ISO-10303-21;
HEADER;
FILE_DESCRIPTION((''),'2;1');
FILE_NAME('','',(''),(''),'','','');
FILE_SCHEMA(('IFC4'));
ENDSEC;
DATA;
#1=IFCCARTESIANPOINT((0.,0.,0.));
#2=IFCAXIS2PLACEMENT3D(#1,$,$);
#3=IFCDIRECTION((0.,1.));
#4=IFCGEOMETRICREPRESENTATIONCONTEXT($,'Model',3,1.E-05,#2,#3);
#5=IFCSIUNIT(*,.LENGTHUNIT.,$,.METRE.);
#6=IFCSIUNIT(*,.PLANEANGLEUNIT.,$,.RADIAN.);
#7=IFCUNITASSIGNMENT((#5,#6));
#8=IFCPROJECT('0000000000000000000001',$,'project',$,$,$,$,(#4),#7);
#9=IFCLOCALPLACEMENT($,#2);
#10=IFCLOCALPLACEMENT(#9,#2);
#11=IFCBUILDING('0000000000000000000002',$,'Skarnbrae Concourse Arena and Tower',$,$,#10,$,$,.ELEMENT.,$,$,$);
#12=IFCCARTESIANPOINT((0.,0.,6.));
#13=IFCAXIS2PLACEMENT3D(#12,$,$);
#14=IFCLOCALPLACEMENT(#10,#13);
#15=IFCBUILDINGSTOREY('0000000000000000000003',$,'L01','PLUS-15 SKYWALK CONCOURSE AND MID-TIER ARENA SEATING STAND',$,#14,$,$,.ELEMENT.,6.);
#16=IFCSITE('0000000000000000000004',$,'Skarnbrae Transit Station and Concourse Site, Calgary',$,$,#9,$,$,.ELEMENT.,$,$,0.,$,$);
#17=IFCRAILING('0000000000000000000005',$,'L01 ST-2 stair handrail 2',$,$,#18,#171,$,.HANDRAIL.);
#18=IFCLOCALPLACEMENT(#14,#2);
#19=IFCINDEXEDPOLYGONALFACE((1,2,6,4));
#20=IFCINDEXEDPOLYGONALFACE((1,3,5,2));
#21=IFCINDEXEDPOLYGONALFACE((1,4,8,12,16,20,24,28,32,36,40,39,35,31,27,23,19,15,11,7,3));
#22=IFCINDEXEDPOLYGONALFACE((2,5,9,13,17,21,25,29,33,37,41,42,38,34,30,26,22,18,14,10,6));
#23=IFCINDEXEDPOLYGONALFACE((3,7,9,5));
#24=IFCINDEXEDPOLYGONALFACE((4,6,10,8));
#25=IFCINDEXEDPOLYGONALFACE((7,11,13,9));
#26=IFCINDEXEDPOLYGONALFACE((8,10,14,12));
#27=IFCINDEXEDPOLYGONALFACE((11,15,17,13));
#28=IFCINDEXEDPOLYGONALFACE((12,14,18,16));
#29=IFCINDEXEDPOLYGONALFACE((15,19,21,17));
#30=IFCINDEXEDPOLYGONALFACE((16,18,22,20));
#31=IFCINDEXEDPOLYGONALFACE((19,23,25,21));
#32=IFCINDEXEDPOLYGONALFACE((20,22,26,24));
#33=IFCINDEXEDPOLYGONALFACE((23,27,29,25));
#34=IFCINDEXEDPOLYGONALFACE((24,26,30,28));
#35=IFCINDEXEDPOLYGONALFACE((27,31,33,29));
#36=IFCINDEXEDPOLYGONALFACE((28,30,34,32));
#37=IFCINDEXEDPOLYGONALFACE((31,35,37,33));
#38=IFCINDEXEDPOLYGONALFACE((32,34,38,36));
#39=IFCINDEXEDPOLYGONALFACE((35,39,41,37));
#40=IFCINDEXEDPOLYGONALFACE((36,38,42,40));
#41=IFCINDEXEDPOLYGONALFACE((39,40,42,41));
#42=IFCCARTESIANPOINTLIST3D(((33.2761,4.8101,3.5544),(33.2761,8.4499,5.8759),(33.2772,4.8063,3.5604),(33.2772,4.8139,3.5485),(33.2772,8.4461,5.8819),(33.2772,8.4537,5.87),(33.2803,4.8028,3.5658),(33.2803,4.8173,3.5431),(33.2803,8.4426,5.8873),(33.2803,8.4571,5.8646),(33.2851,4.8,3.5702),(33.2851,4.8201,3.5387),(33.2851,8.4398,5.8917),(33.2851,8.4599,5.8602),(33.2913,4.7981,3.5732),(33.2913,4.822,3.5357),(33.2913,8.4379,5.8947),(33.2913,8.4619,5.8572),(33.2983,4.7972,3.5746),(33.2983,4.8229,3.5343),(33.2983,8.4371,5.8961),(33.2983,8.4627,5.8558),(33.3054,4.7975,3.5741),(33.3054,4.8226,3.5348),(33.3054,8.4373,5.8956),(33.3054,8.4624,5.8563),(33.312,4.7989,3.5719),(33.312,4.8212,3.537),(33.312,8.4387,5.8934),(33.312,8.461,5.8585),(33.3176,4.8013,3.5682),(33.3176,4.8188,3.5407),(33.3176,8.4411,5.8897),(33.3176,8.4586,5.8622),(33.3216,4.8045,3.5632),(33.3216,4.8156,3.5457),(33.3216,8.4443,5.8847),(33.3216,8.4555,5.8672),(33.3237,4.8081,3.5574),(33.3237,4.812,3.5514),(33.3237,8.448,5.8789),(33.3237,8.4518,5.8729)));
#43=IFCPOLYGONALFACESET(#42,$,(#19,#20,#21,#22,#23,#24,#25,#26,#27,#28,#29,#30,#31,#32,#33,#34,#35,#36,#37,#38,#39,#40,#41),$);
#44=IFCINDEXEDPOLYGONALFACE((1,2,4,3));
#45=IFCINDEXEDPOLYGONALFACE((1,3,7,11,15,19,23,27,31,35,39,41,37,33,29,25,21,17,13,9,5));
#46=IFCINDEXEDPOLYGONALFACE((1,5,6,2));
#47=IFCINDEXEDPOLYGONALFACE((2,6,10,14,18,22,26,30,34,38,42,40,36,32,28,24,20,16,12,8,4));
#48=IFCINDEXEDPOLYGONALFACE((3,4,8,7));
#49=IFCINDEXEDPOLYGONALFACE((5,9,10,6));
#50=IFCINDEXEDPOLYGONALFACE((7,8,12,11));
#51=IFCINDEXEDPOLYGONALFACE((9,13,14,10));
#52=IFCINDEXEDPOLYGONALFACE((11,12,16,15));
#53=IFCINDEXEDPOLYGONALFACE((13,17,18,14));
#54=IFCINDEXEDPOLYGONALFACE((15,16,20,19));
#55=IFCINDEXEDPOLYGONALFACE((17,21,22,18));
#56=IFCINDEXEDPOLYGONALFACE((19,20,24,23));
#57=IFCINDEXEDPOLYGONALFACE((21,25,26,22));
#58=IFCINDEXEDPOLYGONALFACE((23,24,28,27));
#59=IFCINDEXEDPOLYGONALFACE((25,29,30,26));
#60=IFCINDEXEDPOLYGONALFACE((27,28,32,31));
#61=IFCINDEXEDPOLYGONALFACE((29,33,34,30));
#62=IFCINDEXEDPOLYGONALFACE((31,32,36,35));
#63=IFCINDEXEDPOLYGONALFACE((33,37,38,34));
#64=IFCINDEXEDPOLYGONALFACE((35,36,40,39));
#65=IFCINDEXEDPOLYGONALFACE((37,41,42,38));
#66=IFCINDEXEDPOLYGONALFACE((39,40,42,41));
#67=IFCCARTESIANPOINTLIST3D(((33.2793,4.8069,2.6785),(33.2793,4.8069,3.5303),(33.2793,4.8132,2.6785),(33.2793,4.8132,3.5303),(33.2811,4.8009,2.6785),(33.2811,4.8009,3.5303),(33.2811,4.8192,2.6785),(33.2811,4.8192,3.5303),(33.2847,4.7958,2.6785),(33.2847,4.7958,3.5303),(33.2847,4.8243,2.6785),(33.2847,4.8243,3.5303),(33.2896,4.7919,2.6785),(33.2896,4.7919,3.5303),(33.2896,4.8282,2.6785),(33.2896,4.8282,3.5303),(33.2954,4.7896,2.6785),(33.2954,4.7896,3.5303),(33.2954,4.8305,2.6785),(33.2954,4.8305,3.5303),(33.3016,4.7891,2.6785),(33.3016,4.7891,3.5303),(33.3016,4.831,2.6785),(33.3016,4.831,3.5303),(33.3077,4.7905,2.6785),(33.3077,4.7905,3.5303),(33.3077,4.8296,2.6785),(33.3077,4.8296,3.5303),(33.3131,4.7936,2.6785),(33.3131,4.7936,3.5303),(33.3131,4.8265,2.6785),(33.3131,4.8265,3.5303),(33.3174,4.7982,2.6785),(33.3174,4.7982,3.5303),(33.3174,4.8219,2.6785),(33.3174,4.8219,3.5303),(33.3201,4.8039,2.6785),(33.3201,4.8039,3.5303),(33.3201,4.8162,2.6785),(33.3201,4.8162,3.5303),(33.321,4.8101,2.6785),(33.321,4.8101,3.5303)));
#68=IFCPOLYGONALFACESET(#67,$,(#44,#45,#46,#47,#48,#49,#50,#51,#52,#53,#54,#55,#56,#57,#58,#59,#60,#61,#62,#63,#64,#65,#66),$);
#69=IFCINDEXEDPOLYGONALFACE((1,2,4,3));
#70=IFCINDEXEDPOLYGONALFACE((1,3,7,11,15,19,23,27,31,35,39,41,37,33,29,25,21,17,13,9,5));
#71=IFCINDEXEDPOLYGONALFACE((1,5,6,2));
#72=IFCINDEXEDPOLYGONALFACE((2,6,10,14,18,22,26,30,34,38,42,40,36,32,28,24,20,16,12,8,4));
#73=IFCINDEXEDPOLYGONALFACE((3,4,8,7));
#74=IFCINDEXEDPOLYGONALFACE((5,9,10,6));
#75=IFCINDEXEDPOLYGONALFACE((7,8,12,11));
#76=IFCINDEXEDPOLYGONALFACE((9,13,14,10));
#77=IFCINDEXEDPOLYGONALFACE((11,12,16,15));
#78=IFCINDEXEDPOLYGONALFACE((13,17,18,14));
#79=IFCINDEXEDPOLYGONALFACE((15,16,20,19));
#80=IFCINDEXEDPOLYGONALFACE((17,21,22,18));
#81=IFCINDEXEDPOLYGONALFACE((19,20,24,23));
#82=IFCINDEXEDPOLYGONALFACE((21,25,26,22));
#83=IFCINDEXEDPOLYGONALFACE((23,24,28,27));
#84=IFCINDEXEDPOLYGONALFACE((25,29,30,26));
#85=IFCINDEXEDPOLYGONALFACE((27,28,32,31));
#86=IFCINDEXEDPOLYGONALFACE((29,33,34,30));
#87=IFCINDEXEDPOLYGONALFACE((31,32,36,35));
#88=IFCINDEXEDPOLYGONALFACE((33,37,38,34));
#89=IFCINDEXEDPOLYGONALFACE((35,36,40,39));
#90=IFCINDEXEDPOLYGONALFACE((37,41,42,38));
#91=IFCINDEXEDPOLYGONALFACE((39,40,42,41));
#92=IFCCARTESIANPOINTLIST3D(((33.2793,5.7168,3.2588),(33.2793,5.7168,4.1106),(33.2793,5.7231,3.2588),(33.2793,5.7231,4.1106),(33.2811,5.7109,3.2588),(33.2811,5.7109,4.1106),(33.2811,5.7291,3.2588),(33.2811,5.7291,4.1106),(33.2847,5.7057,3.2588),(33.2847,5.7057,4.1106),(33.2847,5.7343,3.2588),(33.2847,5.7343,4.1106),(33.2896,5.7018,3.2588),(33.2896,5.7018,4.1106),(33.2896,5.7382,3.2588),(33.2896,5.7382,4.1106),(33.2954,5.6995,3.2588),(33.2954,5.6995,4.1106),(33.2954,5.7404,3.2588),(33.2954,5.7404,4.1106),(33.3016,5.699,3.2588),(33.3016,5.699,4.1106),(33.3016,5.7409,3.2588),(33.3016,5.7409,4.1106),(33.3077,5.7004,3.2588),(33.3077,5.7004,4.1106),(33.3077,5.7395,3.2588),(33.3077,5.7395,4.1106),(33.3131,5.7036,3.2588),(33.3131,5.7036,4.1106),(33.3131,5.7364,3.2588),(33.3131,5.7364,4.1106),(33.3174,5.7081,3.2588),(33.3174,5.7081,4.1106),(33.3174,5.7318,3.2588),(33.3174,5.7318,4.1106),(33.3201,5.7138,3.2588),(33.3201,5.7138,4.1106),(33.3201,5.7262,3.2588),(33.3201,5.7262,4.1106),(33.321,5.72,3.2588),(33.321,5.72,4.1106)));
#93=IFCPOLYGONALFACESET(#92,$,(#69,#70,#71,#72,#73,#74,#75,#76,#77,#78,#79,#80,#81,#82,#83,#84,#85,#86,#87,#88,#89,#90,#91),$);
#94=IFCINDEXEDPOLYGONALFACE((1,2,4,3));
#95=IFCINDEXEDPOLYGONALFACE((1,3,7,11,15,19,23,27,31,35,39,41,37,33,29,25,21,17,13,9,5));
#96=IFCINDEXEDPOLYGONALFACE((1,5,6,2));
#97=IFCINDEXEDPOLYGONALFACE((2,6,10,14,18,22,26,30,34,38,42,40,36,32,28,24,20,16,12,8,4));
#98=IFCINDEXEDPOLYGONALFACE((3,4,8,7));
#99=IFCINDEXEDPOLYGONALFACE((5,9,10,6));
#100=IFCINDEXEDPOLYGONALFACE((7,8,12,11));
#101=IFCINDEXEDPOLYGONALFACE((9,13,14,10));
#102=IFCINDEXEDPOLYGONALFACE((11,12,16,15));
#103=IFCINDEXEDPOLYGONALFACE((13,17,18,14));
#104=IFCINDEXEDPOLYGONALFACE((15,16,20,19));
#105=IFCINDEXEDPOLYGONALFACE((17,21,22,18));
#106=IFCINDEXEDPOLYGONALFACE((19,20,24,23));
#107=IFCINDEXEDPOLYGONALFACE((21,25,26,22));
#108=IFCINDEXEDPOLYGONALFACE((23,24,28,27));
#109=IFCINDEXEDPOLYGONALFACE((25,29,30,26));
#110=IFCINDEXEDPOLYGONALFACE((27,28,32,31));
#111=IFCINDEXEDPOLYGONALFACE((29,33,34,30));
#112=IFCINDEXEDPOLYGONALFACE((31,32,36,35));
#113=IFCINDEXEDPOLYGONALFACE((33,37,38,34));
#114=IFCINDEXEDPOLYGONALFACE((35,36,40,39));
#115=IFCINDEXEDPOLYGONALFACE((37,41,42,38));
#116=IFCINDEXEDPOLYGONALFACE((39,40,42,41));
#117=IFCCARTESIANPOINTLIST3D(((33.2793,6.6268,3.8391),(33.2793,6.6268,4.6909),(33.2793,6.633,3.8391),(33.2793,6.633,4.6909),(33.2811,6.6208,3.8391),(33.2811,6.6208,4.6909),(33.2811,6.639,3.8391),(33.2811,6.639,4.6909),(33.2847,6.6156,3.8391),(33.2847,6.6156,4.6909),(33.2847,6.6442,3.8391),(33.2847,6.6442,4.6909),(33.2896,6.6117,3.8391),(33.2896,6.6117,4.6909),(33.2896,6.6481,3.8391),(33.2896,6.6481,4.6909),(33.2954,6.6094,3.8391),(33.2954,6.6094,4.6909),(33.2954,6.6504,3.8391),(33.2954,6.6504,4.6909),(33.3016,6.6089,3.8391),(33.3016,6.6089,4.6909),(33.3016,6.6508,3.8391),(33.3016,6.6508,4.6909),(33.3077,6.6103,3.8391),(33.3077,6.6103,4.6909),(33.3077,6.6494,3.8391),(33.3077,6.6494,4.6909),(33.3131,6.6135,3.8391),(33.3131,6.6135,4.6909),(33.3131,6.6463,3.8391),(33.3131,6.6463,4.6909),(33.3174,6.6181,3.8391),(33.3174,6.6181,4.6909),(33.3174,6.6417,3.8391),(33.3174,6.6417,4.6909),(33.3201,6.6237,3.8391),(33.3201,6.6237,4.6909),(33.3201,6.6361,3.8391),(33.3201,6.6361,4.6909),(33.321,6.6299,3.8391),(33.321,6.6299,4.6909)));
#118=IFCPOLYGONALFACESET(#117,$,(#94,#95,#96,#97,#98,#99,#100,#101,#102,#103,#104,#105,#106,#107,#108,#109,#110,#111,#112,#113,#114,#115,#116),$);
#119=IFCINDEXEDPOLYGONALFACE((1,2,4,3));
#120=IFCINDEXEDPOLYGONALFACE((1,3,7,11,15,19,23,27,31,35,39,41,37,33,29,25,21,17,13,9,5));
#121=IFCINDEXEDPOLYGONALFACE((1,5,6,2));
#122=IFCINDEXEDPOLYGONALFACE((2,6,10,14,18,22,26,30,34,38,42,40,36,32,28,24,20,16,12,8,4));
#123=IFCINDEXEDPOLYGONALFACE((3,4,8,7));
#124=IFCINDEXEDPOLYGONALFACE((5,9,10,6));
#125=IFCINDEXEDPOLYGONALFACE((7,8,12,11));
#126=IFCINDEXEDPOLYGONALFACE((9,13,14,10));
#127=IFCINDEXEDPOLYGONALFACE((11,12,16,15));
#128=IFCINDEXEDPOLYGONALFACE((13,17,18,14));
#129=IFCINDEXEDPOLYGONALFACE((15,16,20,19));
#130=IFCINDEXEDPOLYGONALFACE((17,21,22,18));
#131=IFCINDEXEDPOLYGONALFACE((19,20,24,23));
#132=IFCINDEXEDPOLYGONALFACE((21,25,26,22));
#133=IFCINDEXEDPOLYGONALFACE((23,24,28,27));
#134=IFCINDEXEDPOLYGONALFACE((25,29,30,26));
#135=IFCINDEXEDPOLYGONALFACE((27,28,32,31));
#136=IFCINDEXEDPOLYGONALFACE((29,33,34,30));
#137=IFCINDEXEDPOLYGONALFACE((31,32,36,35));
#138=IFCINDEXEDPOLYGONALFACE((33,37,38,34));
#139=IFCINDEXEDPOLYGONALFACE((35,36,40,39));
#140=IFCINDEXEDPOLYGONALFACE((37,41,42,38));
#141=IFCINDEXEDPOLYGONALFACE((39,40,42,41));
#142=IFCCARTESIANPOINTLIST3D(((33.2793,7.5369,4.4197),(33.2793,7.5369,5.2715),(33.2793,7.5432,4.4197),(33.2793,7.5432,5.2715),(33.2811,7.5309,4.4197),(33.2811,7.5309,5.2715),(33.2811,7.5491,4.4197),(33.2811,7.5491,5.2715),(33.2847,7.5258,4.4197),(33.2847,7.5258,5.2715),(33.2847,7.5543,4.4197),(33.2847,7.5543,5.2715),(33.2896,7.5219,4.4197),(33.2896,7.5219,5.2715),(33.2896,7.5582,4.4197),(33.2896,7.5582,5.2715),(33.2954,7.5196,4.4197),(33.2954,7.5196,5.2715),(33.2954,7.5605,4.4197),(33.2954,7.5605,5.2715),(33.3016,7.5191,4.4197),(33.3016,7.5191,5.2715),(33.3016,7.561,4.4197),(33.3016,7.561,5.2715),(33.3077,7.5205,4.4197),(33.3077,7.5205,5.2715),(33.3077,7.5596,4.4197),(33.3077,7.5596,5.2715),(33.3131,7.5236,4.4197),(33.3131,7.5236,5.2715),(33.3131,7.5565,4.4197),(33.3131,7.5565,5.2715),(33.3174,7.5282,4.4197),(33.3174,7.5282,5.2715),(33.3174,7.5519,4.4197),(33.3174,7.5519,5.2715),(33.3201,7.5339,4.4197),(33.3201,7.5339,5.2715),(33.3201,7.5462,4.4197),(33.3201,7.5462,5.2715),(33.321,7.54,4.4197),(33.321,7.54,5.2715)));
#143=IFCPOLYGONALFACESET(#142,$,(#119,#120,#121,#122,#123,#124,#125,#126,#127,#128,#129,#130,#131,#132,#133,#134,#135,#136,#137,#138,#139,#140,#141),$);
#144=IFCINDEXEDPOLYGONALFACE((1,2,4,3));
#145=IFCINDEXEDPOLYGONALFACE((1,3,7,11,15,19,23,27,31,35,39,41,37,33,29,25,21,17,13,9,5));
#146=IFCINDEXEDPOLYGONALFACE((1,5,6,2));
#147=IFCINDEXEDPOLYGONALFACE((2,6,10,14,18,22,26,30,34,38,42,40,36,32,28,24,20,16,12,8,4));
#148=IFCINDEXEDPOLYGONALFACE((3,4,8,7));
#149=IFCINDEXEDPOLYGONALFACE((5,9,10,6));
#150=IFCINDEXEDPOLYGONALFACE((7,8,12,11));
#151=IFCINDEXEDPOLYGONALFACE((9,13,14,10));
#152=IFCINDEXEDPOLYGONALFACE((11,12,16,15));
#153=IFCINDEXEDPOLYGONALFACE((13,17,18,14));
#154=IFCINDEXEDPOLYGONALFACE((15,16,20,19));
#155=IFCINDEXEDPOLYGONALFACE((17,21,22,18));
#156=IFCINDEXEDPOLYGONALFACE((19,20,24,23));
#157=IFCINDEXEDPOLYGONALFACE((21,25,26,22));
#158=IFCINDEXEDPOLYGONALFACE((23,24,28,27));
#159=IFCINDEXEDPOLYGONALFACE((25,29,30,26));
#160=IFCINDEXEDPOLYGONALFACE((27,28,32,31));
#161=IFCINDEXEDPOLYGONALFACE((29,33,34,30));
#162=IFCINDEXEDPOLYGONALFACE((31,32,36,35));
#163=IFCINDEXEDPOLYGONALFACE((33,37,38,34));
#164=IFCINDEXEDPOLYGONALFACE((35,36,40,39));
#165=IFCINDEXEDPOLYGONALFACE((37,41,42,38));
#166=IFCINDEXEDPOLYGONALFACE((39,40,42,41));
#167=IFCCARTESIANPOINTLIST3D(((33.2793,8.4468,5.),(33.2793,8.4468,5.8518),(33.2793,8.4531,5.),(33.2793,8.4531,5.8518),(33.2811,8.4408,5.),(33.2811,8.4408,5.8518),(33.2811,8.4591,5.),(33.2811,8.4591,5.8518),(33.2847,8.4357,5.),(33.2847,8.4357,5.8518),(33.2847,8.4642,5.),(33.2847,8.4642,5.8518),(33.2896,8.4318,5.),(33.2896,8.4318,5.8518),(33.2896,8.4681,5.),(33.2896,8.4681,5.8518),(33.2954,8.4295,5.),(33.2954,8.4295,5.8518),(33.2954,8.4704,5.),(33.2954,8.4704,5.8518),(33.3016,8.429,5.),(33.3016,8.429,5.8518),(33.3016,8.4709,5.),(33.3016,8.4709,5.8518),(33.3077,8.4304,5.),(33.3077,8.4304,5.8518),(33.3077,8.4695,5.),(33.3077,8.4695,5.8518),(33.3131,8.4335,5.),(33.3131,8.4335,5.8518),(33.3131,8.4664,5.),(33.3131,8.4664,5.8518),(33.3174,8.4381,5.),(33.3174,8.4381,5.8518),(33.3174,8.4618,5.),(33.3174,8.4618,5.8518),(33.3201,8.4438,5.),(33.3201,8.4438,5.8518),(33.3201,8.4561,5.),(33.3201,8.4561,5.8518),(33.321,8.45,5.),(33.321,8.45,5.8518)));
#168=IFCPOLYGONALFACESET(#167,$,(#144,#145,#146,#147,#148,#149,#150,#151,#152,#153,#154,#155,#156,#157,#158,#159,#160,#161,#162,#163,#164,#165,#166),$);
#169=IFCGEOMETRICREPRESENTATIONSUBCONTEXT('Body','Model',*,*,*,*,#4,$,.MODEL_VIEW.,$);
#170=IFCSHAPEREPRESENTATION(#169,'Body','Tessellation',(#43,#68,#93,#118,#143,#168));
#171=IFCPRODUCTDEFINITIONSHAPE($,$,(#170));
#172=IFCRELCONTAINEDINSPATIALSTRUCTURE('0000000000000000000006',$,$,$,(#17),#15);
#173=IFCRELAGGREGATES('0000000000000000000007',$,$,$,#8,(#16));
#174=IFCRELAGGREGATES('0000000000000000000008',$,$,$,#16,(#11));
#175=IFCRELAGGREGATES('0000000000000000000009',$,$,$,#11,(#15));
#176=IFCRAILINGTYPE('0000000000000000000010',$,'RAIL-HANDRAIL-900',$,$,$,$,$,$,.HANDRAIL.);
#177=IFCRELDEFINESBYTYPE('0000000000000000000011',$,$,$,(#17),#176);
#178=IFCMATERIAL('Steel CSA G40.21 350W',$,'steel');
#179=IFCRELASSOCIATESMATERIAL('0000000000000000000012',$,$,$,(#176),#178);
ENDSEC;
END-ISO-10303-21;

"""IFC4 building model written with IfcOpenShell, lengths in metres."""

from ifc_helpers import new_model, si_unit, direction, frame, origin, origin_2d, place, context, subcontext, project, spatial, circle, extrude, material, type_object, element, save


model = new_model("IFC4")

# Units and contexts
model_context = context("Model", 3, precision=1e-05, world=origin(), true_north=direction((0.0, 1.0)))
body_context = subcontext(model_context, "Body", "Model", "MODEL_VIEW")
ifc_project = project(units=[si_unit("LENGTHUNIT", "METRE"), si_unit("PLANEANGLEUNIT", "RADIAN")], contexts=[model_context])

# Site, building, storey
site_placement = place(None, origin())
site = spatial("IfcSite", under=ifc_project, at=site_placement, Name="Skarnbrae Transit Station and Concourse Site, Calgary", CompositionType="ELEMENT", RefElevation=0.0)
building_placement = place(site_placement, origin())
building = spatial("IfcBuilding", under=site, at=building_placement, Name="Skarnbrae Concourse Arena and Tower", CompositionType="ELEMENT")
storey_placement = place(building_placement, frame((0.0, 0.0, 6.0)))
storey = spatial("IfcBuildingStorey", under=building, at=storey_placement, Name="L01", Description="PLUS-15 SKYWALK CONCOURSE AND MID-TIER ARENA SEATING STAND", CompositionType="ELEMENT", Elevation=6.0)

# Shared definitions
ifc_material_1 = material(Name="Steel CSA G40.21 350W", Category="steel")

# Railing
railing_type_1 = type_object("IfcRailingType", Name="RAIL-HANDRAIL-900", PredefinedType="HANDRAIL", material=ifc_material_1)
railing_1_placement = place(storey_placement, frame((33.3, 4.8101, 2.6785)))
element("IfcRailing", 1, at=railing_1_placement, inside=storey, type_object=railing_type_1, Name="L01 ST-2 stair handrail 2", PredefinedType="HANDRAIL", context=body_context, shape_type="SweptSolid", body=[
    extrude(circle(Radius=0.0239, at=origin_2d()), frame((0.0, 0.0, 0.876), z_axis=(0.0, 0.843112, 0.537739), x_axis=(-1.0, 0.0, 0.0)), (0.0, 0.0, 1.0), 4.3171),
    extrude(circle(Radius=0.021, at=origin_2d()), origin(), (0.0, 0.0, 1.0), 0.8518),
    extrude(circle(Radius=0.021, at=origin_2d()), frame((0.0, 0.9099, 0.5803)), (0.0, 0.0, 1.0), 0.8518),
    extrude(circle(Radius=0.021, at=origin_2d()), frame((0.0, 1.8198, 1.1606)), (0.0, 0.0, 1.0), 0.8518),
    extrude(circle(Radius=0.021, at=origin_2d()), frame((0.0, 2.73, 1.7412)), (0.0, 0.0, 1.0), 0.8518),
    extrude(circle(Radius=0.021, at=origin_2d()), frame((0.0, 3.6399, 2.3215)), (0.0, 0.0, 1.0), 0.8518),
])

save(model, "model.ifc")
